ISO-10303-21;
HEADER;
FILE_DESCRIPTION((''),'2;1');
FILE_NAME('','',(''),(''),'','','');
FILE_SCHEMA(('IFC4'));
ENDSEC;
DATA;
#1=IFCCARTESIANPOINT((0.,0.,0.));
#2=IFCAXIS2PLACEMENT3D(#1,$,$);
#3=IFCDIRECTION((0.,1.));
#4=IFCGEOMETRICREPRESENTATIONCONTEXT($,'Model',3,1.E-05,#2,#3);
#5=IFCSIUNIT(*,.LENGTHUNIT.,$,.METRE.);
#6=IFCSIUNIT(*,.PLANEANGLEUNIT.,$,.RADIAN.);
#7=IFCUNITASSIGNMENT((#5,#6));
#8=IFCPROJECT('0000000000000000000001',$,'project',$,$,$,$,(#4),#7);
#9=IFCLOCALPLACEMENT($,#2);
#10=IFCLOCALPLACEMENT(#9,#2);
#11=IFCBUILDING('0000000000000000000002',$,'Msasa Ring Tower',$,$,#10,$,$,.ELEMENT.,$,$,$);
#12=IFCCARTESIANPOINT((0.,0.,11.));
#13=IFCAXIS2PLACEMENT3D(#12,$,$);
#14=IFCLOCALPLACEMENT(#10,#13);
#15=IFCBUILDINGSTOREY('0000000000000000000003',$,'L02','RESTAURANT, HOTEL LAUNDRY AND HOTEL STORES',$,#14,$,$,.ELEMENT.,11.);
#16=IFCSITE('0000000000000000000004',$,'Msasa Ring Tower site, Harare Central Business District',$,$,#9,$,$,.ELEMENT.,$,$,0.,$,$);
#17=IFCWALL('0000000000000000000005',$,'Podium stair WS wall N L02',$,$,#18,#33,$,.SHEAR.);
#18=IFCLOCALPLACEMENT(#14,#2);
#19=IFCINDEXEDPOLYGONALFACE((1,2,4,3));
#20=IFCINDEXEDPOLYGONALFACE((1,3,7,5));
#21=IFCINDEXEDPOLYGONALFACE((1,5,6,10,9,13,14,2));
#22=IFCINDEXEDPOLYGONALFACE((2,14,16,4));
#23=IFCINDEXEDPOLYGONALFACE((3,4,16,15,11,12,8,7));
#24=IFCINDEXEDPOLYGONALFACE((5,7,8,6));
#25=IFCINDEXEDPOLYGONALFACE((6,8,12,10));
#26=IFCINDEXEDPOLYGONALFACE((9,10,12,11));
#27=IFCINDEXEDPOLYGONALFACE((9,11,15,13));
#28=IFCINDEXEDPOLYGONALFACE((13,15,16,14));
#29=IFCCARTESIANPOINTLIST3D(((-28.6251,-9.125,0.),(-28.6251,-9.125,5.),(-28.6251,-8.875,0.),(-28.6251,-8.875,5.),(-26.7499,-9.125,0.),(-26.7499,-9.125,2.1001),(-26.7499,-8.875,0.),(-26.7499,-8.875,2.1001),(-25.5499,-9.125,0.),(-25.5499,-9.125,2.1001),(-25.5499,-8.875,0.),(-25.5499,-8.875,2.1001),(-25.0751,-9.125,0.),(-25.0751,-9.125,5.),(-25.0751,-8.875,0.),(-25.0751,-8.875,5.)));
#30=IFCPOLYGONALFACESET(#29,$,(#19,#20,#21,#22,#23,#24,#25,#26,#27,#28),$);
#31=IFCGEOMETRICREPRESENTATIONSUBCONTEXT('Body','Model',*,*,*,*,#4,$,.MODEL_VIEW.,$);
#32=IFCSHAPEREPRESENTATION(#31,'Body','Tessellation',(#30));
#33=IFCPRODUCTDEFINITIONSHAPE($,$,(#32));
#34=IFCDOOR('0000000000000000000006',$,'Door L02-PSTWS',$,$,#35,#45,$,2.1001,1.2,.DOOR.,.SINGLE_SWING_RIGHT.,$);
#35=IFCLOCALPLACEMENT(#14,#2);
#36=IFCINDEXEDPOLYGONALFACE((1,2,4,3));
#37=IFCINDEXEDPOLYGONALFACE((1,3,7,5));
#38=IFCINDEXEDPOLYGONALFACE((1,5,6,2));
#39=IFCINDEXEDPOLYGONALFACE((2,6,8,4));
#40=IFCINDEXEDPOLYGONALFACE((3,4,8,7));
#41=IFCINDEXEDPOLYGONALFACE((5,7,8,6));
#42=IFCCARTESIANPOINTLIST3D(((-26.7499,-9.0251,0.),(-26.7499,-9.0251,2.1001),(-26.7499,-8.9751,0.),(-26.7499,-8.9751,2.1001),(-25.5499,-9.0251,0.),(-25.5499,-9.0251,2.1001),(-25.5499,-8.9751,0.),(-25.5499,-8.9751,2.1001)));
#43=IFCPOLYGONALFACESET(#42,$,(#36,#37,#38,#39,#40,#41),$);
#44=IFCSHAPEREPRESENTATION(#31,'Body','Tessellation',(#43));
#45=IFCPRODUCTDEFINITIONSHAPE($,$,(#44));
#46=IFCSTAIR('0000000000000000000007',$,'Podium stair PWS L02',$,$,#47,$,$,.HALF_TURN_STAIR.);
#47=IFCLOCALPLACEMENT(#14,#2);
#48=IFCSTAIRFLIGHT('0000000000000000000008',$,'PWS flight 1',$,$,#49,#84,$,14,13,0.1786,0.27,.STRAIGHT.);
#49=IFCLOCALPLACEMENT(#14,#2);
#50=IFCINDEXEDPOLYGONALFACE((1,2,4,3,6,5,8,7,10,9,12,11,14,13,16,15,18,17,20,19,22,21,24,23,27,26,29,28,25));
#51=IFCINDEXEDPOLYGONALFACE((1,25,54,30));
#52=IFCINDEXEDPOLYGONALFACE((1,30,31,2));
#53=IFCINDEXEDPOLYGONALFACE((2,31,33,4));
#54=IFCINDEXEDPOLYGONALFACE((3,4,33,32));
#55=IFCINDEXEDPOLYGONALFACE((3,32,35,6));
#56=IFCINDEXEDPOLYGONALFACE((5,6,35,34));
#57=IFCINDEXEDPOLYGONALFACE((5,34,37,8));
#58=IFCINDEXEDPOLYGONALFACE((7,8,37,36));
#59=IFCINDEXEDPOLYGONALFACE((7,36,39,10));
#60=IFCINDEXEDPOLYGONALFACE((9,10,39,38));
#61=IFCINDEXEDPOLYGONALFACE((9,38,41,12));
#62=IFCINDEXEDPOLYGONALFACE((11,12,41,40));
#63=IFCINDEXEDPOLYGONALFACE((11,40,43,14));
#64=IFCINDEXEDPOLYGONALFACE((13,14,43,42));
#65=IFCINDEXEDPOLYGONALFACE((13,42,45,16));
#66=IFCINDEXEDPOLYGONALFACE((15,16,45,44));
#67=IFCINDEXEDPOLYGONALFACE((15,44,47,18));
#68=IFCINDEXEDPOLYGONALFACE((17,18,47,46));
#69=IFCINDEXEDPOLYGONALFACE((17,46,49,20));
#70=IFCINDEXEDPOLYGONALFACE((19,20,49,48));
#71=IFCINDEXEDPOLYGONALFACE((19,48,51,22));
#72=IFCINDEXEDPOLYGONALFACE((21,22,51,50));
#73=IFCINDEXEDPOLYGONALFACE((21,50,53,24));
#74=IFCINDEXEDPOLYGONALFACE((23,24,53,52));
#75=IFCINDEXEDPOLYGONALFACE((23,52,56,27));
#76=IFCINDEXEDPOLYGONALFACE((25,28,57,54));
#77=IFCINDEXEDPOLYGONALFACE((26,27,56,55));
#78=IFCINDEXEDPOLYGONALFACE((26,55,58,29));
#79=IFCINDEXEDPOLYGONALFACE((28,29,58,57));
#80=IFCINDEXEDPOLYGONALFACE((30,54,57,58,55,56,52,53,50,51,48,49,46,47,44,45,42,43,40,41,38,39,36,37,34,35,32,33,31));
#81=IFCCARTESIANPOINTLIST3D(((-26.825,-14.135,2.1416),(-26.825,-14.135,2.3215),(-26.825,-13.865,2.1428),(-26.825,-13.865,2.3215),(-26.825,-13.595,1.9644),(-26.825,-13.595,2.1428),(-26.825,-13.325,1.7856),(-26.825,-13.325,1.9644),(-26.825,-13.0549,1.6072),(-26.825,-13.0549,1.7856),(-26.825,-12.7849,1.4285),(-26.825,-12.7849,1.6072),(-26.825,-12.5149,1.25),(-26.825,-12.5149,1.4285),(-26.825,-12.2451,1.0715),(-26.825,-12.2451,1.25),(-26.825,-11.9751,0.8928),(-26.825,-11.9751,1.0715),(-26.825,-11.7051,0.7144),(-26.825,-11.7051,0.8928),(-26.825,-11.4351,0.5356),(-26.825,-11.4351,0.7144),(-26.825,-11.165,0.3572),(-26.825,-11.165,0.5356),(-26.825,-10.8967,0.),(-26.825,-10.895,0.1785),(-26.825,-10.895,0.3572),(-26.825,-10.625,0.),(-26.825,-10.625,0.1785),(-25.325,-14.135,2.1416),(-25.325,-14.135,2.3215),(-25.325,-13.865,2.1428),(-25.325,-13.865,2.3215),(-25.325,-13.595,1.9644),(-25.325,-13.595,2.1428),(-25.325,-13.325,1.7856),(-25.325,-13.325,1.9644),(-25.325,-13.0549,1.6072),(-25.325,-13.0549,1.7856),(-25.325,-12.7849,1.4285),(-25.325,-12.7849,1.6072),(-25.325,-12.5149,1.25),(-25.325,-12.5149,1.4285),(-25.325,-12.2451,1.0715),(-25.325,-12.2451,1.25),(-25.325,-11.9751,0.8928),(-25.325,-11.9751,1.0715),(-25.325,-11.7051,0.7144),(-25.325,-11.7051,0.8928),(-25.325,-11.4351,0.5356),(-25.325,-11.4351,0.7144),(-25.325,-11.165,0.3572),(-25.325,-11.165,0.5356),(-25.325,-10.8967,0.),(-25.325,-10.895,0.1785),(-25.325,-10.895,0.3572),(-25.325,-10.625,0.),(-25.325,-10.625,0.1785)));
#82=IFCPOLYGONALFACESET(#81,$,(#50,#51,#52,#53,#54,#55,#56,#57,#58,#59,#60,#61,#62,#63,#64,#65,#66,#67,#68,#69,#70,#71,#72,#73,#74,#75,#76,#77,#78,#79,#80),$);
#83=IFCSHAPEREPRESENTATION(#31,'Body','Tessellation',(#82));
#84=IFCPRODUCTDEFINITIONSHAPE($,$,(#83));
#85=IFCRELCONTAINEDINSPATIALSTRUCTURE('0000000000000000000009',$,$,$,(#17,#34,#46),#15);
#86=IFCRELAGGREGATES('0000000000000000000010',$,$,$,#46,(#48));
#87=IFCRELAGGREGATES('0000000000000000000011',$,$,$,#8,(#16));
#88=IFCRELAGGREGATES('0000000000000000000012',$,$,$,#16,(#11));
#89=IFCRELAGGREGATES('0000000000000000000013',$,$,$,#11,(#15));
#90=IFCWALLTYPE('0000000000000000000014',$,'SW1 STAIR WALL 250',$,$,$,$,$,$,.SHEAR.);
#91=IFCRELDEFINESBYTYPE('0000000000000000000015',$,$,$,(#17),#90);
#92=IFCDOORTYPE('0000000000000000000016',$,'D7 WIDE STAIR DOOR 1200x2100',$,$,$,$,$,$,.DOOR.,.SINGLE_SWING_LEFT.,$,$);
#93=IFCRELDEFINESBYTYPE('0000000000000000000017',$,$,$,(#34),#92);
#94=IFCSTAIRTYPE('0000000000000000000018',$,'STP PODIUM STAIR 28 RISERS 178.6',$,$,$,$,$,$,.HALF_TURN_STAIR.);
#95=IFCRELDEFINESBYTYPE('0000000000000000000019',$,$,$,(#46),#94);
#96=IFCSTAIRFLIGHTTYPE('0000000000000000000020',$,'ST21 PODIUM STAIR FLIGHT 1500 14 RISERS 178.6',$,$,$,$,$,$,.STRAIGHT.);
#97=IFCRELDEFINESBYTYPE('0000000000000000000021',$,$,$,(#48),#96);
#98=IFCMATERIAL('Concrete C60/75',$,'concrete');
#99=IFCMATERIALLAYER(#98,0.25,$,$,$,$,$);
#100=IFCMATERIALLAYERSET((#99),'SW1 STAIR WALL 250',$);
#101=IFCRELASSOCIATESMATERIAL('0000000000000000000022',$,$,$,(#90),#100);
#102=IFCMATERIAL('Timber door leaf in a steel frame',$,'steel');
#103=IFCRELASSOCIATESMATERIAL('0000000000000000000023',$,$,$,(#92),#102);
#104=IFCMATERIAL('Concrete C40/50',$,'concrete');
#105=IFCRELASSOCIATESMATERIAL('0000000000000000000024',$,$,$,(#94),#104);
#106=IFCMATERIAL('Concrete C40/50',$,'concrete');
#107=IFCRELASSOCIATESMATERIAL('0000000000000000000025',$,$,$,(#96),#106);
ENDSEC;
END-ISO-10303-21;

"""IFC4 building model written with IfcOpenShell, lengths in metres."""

from ifc_helpers import new_model, si_unit, direction, frame, frame_2d, origin, place, context, subcontext, project, spatial, polyline, rectangle, outline, extrude, material, layer, layer_set, type_object, element, fill, aggregate, save


model = new_model("IFC4")

# Units and contexts
model_context = context("Model", 3, precision=1e-05, world=origin(), true_north=direction((0.0, 1.0)))
body_context = subcontext(model_context, "Body", "Model", "MODEL_VIEW")
ifc_project = project(units=[si_unit("LENGTHUNIT", "METRE"), si_unit("PLANEANGLEUNIT", "RADIAN")], contexts=[model_context])

# Site, building, storey
site_placement = place(None, origin())
site = spatial("IfcSite", under=ifc_project, at=site_placement, Name="Msasa Ring Tower site, Harare Central Business District", CompositionType="ELEMENT", RefElevation=0.0)
building_placement = place(site_placement, origin())
building = spatial("IfcBuilding", under=site, at=building_placement, Name="Msasa Ring Tower", CompositionType="ELEMENT")
storey_placement = place(building_placement, frame((0.0, 0.0, 11.0)))
storey = spatial("IfcBuildingStorey", under=building, at=storey_placement, Name="L02", Description="RESTAURANT, HOTEL LAUNDRY AND HOTEL STORES", CompositionType="ELEMENT", Elevation=11.0)

# Wall, opening, door
ifc_material_1 = material(Name="Concrete C60/75", Category="concrete")
ifc_layer_1 = layer(ifc_material_1, 0.25)
ifc_layer_set_1 = layer_set([ifc_layer_1], Name="SW1 STAIR WALL 250")
wall_type_1 = type_object("IfcWallType", Name="SW1 STAIR WALL 250", PredefinedType="SHEAR", material=ifc_layer_set_1)
wall_1_placement = place(storey_placement, frame((-28.625, -9.0, 0.0), z_axis=(0.0, 0.0, 1.0), x_axis=(1.0, 0.0, 0.0)))
wall_1 = element("IfcWall", 1, at=wall_1_placement, inside=storey, type_object=wall_type_1, Name="Podium stair WS wall N L02", PredefinedType="SHEAR", context=body_context, shape_type="SweptSolid", body=[
    extrude(rectangle(XDim=3.55, YDim=0.25, at=frame_2d((1.7749, 0.0))), origin(), (0.0, 0.0, 1.0), 5.0),
])
opening_1_placement = place(wall_1_placement, frame((1.875, 0.0, 0.0)))
opening_1 = element("IfcOpeningElement", 2, at=opening_1_placement, cuts=wall_1, PredefinedType="OPENING", context=body_context, shape_type="SweptSolid", body=[
    extrude(rectangle(XDim=1.2, YDim=2.1001, at=frame_2d((0.6001, 1.05))), frame((0.0, 0.135, 0.0), z_axis=(0.0, -1.0, 0.0), x_axis=(1.0, 0.0, 0.0)), (0.0, 0.0, 1.0), 0.27),
])
ifc_material_2 = material(Name="Timber door leaf in a steel frame", Category="steel")
door_type_1 = type_object("IfcDoorType", Name="D7 WIDE STAIR DOOR 1200x2100", OperationType="SINGLE_SWING_LEFT", PredefinedType="DOOR", material=ifc_material_2)
door_1_placement = place(opening_1_placement, origin())
door_1 = element("IfcDoor", 3, at=door_1_placement, inside=storey, type_object=door_type_1, Name="Door L02-PSTWS", OperationType="SINGLE_SWING_RIGHT", OverallHeight=2.1001, OverallWidth=1.2, PredefinedType="DOOR", context=body_context, shape_type="SweptSolid", body=[
    extrude(rectangle(XDim=1.2, YDim=2.1001, at=frame_2d((0.6001, 1.05))), frame((0.0, 0.0249, 0.0), z_axis=(0.0, -1.0, 0.0), x_axis=(1.0, 0.0, 0.0)), (0.0, 0.0, 1.0), 0.05),
])
fill(opening_1, door_1)

# Stair, stair flight
ifc_material_3 = material(Name="Concrete C40/50", Category="concrete")
stair_type = type_object("IfcStairType", Name="STP PODIUM STAIR 28 RISERS 178.6", PredefinedType="HALF_TURN_STAIR", material=ifc_material_3)
stair_placement = place(storey_placement, origin())
stair = element("IfcStair", 4, at=stair_placement, inside=storey, type_object=stair_type, Name="Podium stair PWS L02", PredefinedType="HALF_TURN_STAIR")
ifc_material_4 = material(Name="Concrete C40/50", Category="concrete")
stair_flight_type = type_object("IfcStairFlightType", Name="ST21 PODIUM STAIR FLIGHT 1500 14 RISERS 178.6", PredefinedType="STRAIGHT", material=ifc_material_4)
stair_flight_placement = place(storey_placement, frame((-26.075, -10.625, 0.0), z_axis=(0.0, 0.0, 1.0), x_axis=(0.0, -1.0, 0.0)))
stair_flight = element("IfcStairFlight", 5, at=stair_flight_placement, type_object=stair_flight_type, Name="PWS flight 1", NumberOfRisers=14, NumberOfTreads=13, PredefinedType="STRAIGHT", RiserHeight=0.1786, TreadLength=0.27, context=body_context, shape_type="SweptSolid", body=[
    extrude(outline(polyline([(0.0, 0.0), (0.0, 0.1785), (0.27, 0.1785), (0.27, 0.3572), (0.54, 0.3572), (0.54, 0.5356), (0.8101, 0.5356), (0.8101, 0.7144), (1.0801, 0.7144), (1.0801, 0.8928), (1.3501, 0.8928), (1.3501, 1.0715), (1.6201, 1.0715), (1.6201, 1.25), (1.8899, 1.25), (1.8899, 1.4285), (2.1599, 1.4285), (2.1599, 1.6072), (2.4299, 1.6072), (2.4299, 1.7856), (2.7, 1.7856), (2.7, 1.9644), (2.97, 1.9644), (2.97, 2.1428), (3.24, 2.1428), (3.24, 2.3215), (3.51, 2.3215), (3.51, 2.5), (3.51, 2.1416), (0.2717, 0.0), (0.0, 0.0)])), frame((0.0, 0.75, 0.0), z_axis=(0.0, -1.0, 0.0), x_axis=(1.0, 0.0, 0.0)), (0.0, 0.0, 1.0), 1.5),
])
aggregate(stair, [stair_flight])

save(model, "model.ifc")
